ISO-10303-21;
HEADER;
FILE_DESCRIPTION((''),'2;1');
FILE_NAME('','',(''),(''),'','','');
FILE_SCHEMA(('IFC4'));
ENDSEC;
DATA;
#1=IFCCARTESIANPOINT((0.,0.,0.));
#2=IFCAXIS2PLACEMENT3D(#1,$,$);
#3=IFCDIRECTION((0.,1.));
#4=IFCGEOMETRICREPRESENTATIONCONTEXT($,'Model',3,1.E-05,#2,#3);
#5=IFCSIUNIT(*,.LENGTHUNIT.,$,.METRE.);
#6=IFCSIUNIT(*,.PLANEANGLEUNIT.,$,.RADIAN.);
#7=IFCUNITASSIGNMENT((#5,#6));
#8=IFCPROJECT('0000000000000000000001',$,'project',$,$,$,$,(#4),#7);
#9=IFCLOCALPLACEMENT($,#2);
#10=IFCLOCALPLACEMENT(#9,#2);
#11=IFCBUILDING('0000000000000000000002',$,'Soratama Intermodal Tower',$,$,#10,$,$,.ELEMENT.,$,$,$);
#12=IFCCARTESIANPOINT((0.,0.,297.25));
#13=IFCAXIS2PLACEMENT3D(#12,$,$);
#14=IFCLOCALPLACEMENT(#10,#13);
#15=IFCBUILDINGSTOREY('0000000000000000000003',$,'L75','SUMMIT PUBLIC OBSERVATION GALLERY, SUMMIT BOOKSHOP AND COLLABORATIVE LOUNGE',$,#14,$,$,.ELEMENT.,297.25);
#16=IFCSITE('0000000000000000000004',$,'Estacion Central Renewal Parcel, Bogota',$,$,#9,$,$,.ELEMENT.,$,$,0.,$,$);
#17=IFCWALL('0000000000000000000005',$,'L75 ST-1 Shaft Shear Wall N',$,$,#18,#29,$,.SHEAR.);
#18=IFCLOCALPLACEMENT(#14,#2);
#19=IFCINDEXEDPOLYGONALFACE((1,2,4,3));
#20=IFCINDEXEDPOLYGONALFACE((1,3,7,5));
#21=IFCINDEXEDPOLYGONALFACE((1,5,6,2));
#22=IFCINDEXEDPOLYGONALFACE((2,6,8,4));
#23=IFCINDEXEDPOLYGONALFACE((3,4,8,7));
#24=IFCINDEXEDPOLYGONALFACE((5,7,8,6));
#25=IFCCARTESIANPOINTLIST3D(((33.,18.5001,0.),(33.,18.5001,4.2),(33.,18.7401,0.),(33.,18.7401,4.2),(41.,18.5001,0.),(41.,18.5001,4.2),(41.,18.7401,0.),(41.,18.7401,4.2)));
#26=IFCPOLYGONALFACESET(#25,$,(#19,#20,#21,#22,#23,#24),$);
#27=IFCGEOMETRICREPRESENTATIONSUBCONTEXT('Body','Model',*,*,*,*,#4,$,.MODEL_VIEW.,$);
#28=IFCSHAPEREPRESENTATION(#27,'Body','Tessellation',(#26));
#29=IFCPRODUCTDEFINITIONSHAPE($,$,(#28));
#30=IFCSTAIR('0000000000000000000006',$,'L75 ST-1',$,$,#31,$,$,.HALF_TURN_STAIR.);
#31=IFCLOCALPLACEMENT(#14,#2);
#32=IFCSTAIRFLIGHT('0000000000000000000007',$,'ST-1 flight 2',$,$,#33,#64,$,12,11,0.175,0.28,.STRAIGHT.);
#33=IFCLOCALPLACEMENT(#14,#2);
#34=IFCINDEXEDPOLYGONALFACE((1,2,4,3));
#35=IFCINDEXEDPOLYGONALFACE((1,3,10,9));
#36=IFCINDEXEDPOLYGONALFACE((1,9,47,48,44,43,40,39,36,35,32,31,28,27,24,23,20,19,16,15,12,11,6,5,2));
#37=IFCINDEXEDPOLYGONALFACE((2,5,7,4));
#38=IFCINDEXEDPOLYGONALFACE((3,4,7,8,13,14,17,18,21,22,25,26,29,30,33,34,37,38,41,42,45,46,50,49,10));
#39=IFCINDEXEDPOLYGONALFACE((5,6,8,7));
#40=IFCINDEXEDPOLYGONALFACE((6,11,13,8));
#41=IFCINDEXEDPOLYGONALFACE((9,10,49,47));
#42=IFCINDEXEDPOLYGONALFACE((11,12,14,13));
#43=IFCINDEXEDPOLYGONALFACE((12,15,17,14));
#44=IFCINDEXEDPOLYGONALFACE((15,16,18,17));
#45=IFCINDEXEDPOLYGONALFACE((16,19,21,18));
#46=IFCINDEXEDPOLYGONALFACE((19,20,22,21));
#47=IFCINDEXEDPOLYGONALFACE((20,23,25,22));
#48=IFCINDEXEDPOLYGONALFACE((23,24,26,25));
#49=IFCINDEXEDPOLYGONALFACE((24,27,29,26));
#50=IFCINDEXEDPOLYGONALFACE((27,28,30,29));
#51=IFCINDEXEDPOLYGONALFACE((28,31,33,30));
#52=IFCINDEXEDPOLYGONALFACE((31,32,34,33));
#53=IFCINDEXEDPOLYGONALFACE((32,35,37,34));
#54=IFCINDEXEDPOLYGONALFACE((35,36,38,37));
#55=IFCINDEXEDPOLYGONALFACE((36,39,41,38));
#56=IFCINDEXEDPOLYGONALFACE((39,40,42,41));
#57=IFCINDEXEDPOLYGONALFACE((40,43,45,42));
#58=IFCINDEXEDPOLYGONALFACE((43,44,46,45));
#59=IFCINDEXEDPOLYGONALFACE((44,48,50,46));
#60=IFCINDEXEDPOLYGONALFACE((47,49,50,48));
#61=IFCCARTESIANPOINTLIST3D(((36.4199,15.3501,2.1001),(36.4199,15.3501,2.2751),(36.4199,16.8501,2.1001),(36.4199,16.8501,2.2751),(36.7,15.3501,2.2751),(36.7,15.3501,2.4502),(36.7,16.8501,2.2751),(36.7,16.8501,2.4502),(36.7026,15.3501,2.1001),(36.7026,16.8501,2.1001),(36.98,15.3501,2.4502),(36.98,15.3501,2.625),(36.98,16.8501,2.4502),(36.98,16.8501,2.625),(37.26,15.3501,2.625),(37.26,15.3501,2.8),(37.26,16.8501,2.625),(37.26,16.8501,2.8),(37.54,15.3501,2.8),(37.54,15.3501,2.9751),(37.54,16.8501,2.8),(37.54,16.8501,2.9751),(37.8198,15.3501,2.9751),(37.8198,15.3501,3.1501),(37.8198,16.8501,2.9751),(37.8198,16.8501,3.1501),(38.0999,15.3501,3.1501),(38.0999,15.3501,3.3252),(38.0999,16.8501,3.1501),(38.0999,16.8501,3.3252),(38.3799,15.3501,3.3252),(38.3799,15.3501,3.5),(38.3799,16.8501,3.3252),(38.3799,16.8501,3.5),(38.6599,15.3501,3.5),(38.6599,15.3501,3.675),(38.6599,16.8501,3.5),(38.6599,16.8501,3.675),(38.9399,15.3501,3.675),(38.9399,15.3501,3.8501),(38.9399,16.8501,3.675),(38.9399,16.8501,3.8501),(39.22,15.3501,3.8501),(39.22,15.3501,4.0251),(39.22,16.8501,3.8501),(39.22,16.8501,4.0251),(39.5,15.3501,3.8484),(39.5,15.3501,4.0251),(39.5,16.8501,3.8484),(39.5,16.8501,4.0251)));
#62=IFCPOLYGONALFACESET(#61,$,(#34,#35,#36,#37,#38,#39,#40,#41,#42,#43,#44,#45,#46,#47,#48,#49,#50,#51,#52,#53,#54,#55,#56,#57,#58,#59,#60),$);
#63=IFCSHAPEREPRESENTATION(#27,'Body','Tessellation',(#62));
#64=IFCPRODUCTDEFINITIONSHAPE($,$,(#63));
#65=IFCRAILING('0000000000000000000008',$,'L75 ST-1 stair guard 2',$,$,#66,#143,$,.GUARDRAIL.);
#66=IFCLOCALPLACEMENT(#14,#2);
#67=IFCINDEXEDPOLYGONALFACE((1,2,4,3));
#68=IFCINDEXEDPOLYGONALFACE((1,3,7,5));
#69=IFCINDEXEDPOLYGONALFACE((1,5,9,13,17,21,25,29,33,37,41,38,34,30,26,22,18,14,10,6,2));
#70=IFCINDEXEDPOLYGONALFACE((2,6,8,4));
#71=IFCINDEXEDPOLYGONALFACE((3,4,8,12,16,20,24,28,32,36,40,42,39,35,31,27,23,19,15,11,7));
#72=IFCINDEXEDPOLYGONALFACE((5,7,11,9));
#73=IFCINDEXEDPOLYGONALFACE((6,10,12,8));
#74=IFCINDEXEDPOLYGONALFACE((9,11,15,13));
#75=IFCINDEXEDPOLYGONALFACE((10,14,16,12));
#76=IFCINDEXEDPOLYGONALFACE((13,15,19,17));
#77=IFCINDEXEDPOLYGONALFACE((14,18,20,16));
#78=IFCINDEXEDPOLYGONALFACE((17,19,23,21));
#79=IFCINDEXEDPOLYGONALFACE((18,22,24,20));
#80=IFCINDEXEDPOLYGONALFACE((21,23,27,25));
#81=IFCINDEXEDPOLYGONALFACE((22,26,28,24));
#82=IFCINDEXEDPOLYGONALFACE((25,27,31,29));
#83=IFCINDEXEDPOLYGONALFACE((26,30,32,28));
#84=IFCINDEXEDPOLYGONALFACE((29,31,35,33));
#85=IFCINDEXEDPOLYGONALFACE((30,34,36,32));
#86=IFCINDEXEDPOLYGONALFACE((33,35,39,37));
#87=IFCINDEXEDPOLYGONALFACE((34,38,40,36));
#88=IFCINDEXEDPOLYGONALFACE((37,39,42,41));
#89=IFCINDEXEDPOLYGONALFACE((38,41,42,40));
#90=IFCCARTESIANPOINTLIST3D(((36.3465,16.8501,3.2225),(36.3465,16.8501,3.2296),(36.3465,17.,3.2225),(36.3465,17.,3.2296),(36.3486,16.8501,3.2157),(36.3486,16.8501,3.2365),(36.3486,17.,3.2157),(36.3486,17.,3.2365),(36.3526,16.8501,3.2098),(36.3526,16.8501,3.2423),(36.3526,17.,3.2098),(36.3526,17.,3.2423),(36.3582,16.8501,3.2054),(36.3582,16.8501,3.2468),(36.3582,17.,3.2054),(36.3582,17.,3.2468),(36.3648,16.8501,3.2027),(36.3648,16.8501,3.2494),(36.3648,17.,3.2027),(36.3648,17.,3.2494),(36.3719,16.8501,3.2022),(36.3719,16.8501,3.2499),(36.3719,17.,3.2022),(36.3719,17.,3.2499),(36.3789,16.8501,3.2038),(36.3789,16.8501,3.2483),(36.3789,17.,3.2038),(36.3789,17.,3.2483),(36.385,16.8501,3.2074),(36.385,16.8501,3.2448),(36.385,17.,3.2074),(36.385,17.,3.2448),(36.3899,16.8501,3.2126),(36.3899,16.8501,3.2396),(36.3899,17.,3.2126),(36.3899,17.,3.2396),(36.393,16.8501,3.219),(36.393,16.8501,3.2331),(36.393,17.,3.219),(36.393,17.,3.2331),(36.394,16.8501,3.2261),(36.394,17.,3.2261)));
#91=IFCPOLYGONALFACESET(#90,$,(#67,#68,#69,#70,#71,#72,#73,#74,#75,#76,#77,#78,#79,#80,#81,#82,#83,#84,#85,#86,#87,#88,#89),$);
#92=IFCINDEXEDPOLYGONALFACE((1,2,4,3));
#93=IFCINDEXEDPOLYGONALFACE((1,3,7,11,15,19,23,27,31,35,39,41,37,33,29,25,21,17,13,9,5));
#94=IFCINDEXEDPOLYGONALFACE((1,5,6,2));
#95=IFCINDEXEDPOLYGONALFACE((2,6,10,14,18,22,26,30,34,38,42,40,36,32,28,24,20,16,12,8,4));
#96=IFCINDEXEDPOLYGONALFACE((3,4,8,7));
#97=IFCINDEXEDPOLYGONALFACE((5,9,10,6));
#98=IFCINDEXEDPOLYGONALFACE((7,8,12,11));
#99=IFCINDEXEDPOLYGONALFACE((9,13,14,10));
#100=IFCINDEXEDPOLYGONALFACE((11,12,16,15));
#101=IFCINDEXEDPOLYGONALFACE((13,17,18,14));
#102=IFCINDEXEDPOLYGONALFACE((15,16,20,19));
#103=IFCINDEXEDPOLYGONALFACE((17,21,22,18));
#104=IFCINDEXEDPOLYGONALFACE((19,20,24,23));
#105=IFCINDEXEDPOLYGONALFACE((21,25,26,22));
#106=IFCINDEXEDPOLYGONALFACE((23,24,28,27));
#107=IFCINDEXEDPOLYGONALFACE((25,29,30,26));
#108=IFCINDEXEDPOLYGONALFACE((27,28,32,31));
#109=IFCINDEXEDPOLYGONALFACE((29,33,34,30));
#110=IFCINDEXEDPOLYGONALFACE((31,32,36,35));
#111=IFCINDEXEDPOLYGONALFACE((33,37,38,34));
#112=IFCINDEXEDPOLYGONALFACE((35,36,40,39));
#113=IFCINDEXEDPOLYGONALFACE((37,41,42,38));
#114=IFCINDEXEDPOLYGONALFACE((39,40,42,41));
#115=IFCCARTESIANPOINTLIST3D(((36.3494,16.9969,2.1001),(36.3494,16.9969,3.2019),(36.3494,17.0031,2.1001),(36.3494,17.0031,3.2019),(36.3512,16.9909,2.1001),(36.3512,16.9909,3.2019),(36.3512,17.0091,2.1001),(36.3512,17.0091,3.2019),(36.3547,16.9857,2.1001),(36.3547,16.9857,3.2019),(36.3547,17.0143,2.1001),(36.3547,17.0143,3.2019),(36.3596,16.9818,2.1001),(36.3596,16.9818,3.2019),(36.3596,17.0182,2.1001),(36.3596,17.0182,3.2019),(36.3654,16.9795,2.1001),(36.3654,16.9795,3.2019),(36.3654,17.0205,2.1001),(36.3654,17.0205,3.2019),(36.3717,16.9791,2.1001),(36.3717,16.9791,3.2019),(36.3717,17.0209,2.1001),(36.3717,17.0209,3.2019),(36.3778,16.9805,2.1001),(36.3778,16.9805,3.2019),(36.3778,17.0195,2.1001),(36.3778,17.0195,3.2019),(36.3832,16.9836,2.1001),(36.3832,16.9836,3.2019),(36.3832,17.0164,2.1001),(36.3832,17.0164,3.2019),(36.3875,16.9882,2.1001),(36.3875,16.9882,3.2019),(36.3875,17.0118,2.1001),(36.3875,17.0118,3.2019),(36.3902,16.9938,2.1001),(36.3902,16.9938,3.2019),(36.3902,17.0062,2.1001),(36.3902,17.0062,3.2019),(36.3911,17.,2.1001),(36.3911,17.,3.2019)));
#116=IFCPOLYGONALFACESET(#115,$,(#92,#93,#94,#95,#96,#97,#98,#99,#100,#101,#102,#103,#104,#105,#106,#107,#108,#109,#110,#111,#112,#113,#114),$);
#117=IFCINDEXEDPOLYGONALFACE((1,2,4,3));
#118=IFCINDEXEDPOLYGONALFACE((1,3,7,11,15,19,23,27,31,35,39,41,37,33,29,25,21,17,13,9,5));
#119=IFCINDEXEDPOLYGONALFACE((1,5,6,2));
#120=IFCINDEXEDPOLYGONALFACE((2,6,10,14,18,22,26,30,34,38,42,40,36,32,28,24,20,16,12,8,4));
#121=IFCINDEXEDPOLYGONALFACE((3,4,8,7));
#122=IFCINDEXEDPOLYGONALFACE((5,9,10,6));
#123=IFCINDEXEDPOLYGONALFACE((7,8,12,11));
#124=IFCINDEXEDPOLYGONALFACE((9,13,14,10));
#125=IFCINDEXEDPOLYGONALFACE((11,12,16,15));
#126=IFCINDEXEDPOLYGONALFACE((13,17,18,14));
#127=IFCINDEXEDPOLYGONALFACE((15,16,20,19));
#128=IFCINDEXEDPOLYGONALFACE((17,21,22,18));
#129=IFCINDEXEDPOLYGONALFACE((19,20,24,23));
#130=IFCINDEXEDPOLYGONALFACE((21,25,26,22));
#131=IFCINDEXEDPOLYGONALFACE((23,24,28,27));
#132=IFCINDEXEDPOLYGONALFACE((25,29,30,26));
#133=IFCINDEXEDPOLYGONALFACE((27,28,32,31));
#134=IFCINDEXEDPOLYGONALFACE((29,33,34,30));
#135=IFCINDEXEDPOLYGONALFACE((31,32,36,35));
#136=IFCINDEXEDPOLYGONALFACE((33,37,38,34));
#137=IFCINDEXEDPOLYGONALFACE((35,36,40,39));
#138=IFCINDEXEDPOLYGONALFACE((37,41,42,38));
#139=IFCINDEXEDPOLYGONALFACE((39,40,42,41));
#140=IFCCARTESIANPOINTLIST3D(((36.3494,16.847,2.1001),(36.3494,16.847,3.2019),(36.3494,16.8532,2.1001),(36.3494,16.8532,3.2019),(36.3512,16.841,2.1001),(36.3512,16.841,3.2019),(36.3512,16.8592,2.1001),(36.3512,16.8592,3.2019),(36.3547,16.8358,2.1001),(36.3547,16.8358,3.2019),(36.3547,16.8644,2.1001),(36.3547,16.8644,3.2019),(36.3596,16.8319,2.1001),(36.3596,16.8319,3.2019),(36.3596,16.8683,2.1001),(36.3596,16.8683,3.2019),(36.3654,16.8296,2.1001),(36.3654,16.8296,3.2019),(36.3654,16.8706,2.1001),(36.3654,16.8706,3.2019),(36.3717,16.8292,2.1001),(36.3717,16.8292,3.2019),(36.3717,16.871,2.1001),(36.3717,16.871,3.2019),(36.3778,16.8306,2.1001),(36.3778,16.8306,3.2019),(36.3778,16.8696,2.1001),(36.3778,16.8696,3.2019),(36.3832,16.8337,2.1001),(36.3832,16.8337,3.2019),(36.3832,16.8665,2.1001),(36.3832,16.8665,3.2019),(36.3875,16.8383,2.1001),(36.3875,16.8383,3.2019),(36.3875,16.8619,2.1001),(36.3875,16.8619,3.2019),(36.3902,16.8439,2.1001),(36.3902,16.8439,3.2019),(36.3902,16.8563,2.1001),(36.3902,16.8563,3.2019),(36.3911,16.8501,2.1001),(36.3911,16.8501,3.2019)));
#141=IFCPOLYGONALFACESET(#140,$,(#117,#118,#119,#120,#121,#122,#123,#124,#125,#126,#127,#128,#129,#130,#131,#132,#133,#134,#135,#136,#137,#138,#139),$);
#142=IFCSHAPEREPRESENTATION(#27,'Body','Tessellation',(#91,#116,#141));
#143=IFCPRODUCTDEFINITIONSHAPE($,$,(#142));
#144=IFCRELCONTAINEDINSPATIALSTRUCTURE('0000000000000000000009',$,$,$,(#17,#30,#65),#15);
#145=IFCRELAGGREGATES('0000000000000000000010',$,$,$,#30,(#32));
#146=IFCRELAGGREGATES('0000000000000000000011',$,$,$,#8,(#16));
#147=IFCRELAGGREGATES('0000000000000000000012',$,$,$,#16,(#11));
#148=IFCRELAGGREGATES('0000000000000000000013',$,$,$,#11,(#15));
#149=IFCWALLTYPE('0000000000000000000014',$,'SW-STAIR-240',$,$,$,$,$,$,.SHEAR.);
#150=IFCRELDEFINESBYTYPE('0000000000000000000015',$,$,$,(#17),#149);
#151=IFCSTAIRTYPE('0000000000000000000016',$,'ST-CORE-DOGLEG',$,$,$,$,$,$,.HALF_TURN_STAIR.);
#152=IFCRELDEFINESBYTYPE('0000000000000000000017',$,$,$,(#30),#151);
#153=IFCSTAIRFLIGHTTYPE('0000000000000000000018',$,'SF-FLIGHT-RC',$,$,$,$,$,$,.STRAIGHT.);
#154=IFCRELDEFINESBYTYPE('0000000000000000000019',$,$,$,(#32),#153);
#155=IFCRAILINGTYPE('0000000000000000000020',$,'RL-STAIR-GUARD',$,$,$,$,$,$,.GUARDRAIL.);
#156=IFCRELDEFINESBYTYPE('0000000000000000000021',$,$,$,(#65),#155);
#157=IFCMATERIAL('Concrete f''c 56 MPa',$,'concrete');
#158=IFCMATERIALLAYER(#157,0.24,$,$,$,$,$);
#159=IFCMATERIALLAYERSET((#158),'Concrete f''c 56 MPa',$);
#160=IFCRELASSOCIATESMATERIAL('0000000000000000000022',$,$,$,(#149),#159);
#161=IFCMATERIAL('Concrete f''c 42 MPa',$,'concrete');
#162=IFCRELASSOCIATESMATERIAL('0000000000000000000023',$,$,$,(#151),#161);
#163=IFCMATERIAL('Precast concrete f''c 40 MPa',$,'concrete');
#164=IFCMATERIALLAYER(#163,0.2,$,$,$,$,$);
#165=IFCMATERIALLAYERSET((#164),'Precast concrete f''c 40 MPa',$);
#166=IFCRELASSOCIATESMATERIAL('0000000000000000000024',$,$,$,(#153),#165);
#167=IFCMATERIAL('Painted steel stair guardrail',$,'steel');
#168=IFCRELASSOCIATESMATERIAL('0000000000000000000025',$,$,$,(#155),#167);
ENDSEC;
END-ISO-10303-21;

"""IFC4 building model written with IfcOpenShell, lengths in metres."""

from ifc_helpers import new_model, si_unit, direction, frame, frame_2d, origin, origin_2d, place, context, subcontext, project, spatial, polyline, rectangle, circle, outline, extrude, material, layer, layer_set, type_object, element, aggregate, save


model = new_model("IFC4")

# Units and contexts
model_context = context("Model", 3, precision=1e-05, world=origin(), true_north=direction((0.0, 1.0)))
body_context = subcontext(model_context, "Body", "Model", "MODEL_VIEW")
ifc_project = project(units=[si_unit("LENGTHUNIT", "METRE"), si_unit("PLANEANGLEUNIT", "RADIAN")], contexts=[model_context])

# Site, building, storey
site_placement = place(None, origin())
site = spatial("IfcSite", under=ifc_project, at=site_placement, Name="Estacion Central Renewal Parcel, Bogota", CompositionType="ELEMENT", RefElevation=0.0)
building_placement = place(site_placement, origin())
building = spatial("IfcBuilding", under=site, at=building_placement, Name="Soratama Intermodal Tower", CompositionType="ELEMENT")
storey_placement = place(building_placement, frame((0.0, 0.0, 297.25)))
storey = spatial("IfcBuildingStorey", under=building, at=storey_placement, Name="L75", Description="SUMMIT PUBLIC OBSERVATION GALLERY, SUMMIT BOOKSHOP AND COLLABORATIVE LOUNGE", CompositionType="ELEMENT", Elevation=297.25)

# Wall
ifc_material_1 = material(Name="Concrete f'c 56 MPa", Category="concrete")
ifc_layer_1 = layer(ifc_material_1, 0.24)
ifc_layer_set_1 = layer_set([ifc_layer_1], Name="Concrete f'c 56 MPa")
wall_type_1 = type_object("IfcWallType", Name="SW-STAIR-240", PredefinedType="SHEAR", material=ifc_layer_set_1)
for number, where, z_axis, x_axis, name in (
    (1, (33.0, 18.6201, 0.0), (0.0, 0.0, 1.0), (1.0, 0.0, 0.0), "L75 ST-1 Shaft Shear Wall N"),
):
    element("IfcWall", number, at=place(storey_placement, frame(where, z_axis=z_axis, x_axis=x_axis)), inside=storey, type_object=wall_type_1, Name=name, PredefinedType="SHEAR", context=body_context, shape_type="SweptSolid", body=[
        extrude(rectangle(XDim=8.0, YDim=0.24, at=frame_2d((4.0, 0.0))), origin(), (0.0, 0.0, 1.0), 4.2),
    ])

# Stair, stair flight
ifc_material_2 = material(Name="Concrete f'c 42 MPa", Category="concrete")
stair_type = type_object("IfcStairType", Name="ST-CORE-DOGLEG", PredefinedType="HALF_TURN_STAIR", material=ifc_material_2)
stair_placement = place(storey_placement, origin())
stair = element("IfcStair", 2, at=stair_placement, inside=storey, type_object=stair_type, Name="L75 ST-1", PredefinedType="HALF_TURN_STAIR")
ifc_material_3 = material(Name="Precast concrete f'c 40 MPa", Category="concrete")
ifc_layer_2 = layer(ifc_material_3, 0.2)
ifc_layer_set_2 = layer_set([ifc_layer_2], Name="Precast concrete f'c 40 MPa")
stair_flight_type = type_object("IfcStairFlightType", Name="SF-FLIGHT-RC", PredefinedType="STRAIGHT", material=ifc_layer_set_2)
stair_flight_placement = place(storey_placement, frame((36.4199, 16.1001, 2.1001), z_axis=(0.0, 0.0, 1.0), x_axis=(1.0, 0.0, 0.0)))
stair_flight = element("IfcStairFlight", 3, at=stair_flight_placement, type_object=stair_flight_type, Name="ST-1 flight 2", NumberOfRisers=12, NumberOfTreads=11, PredefinedType="STRAIGHT", RiserHeight=0.175, TreadLength=0.28, context=body_context, shape_type="SweptSolid", body=[
    extrude(outline(polyline([(0.0, 0.0), (0.0, 0.175), (0.28, 0.175), (0.28, 0.3501), (0.5601, 0.3501), (0.5601, 0.5249), (0.8401, 0.5249), (0.8401, 0.7), (1.1201, 0.7), (1.1201, 0.875), (1.3999, 0.875), (1.3999, 1.05), (1.6799, 1.05), (1.6799, 1.2251), (1.96, 1.2251), (1.96, 1.3999), (2.24, 1.3999), (2.24, 1.575), (2.52, 1.575), (2.52, 1.75), (2.8, 1.75), (2.8, 1.925), (3.0801, 1.925), (3.0801, 2.1001), (3.0801, 1.7483), (0.2827, 0.0), (0.0, 0.0)])), frame((0.0, 0.75, 0.0), z_axis=(0.0, -1.0, 0.0), x_axis=(1.0, 0.0, 0.0)), (0.0, 0.0, 1.0), 1.5),
])
aggregate(stair, [stair_flight])

# Railing
ifc_material_4 = material(Name="Painted steel stair guardrail", Category="steel")
railing_type_1 = type_object("IfcRailingType", Name="RL-STAIR-GUARD", PredefinedType="GUARDRAIL", material=ifc_material_4)
railing_1_placement = place(storey_placement, frame((36.3701, 17.0, 2.1001)))
element("IfcRailing", 4, at=railing_1_placement, inside=storey, type_object=railing_type_1, Name="L75 ST-1 stair guard 2", PredefinedType="GUARDRAIL", context=body_context, shape_type="SweptSolid", body=[
    extrude(circle(Radius=0.0239, at=origin_2d()), frame((0.0, 0.0, 1.126), z_axis=(0.0, -1.0, 0.0), x_axis=(1.0, 0.0, 0.0)), (0.0, 0.0, 1.0), 0.1499),
    extrude(circle(Radius=0.021, at=origin_2d()), origin(), (0.0, 0.0, 1.0), 1.1018),
    extrude(circle(Radius=0.021, at=origin_2d()), frame((0.0, -0.1499, 0.0)), (0.0, 0.0, 1.0), 1.1018),
])

save(model, "model.ifc")
